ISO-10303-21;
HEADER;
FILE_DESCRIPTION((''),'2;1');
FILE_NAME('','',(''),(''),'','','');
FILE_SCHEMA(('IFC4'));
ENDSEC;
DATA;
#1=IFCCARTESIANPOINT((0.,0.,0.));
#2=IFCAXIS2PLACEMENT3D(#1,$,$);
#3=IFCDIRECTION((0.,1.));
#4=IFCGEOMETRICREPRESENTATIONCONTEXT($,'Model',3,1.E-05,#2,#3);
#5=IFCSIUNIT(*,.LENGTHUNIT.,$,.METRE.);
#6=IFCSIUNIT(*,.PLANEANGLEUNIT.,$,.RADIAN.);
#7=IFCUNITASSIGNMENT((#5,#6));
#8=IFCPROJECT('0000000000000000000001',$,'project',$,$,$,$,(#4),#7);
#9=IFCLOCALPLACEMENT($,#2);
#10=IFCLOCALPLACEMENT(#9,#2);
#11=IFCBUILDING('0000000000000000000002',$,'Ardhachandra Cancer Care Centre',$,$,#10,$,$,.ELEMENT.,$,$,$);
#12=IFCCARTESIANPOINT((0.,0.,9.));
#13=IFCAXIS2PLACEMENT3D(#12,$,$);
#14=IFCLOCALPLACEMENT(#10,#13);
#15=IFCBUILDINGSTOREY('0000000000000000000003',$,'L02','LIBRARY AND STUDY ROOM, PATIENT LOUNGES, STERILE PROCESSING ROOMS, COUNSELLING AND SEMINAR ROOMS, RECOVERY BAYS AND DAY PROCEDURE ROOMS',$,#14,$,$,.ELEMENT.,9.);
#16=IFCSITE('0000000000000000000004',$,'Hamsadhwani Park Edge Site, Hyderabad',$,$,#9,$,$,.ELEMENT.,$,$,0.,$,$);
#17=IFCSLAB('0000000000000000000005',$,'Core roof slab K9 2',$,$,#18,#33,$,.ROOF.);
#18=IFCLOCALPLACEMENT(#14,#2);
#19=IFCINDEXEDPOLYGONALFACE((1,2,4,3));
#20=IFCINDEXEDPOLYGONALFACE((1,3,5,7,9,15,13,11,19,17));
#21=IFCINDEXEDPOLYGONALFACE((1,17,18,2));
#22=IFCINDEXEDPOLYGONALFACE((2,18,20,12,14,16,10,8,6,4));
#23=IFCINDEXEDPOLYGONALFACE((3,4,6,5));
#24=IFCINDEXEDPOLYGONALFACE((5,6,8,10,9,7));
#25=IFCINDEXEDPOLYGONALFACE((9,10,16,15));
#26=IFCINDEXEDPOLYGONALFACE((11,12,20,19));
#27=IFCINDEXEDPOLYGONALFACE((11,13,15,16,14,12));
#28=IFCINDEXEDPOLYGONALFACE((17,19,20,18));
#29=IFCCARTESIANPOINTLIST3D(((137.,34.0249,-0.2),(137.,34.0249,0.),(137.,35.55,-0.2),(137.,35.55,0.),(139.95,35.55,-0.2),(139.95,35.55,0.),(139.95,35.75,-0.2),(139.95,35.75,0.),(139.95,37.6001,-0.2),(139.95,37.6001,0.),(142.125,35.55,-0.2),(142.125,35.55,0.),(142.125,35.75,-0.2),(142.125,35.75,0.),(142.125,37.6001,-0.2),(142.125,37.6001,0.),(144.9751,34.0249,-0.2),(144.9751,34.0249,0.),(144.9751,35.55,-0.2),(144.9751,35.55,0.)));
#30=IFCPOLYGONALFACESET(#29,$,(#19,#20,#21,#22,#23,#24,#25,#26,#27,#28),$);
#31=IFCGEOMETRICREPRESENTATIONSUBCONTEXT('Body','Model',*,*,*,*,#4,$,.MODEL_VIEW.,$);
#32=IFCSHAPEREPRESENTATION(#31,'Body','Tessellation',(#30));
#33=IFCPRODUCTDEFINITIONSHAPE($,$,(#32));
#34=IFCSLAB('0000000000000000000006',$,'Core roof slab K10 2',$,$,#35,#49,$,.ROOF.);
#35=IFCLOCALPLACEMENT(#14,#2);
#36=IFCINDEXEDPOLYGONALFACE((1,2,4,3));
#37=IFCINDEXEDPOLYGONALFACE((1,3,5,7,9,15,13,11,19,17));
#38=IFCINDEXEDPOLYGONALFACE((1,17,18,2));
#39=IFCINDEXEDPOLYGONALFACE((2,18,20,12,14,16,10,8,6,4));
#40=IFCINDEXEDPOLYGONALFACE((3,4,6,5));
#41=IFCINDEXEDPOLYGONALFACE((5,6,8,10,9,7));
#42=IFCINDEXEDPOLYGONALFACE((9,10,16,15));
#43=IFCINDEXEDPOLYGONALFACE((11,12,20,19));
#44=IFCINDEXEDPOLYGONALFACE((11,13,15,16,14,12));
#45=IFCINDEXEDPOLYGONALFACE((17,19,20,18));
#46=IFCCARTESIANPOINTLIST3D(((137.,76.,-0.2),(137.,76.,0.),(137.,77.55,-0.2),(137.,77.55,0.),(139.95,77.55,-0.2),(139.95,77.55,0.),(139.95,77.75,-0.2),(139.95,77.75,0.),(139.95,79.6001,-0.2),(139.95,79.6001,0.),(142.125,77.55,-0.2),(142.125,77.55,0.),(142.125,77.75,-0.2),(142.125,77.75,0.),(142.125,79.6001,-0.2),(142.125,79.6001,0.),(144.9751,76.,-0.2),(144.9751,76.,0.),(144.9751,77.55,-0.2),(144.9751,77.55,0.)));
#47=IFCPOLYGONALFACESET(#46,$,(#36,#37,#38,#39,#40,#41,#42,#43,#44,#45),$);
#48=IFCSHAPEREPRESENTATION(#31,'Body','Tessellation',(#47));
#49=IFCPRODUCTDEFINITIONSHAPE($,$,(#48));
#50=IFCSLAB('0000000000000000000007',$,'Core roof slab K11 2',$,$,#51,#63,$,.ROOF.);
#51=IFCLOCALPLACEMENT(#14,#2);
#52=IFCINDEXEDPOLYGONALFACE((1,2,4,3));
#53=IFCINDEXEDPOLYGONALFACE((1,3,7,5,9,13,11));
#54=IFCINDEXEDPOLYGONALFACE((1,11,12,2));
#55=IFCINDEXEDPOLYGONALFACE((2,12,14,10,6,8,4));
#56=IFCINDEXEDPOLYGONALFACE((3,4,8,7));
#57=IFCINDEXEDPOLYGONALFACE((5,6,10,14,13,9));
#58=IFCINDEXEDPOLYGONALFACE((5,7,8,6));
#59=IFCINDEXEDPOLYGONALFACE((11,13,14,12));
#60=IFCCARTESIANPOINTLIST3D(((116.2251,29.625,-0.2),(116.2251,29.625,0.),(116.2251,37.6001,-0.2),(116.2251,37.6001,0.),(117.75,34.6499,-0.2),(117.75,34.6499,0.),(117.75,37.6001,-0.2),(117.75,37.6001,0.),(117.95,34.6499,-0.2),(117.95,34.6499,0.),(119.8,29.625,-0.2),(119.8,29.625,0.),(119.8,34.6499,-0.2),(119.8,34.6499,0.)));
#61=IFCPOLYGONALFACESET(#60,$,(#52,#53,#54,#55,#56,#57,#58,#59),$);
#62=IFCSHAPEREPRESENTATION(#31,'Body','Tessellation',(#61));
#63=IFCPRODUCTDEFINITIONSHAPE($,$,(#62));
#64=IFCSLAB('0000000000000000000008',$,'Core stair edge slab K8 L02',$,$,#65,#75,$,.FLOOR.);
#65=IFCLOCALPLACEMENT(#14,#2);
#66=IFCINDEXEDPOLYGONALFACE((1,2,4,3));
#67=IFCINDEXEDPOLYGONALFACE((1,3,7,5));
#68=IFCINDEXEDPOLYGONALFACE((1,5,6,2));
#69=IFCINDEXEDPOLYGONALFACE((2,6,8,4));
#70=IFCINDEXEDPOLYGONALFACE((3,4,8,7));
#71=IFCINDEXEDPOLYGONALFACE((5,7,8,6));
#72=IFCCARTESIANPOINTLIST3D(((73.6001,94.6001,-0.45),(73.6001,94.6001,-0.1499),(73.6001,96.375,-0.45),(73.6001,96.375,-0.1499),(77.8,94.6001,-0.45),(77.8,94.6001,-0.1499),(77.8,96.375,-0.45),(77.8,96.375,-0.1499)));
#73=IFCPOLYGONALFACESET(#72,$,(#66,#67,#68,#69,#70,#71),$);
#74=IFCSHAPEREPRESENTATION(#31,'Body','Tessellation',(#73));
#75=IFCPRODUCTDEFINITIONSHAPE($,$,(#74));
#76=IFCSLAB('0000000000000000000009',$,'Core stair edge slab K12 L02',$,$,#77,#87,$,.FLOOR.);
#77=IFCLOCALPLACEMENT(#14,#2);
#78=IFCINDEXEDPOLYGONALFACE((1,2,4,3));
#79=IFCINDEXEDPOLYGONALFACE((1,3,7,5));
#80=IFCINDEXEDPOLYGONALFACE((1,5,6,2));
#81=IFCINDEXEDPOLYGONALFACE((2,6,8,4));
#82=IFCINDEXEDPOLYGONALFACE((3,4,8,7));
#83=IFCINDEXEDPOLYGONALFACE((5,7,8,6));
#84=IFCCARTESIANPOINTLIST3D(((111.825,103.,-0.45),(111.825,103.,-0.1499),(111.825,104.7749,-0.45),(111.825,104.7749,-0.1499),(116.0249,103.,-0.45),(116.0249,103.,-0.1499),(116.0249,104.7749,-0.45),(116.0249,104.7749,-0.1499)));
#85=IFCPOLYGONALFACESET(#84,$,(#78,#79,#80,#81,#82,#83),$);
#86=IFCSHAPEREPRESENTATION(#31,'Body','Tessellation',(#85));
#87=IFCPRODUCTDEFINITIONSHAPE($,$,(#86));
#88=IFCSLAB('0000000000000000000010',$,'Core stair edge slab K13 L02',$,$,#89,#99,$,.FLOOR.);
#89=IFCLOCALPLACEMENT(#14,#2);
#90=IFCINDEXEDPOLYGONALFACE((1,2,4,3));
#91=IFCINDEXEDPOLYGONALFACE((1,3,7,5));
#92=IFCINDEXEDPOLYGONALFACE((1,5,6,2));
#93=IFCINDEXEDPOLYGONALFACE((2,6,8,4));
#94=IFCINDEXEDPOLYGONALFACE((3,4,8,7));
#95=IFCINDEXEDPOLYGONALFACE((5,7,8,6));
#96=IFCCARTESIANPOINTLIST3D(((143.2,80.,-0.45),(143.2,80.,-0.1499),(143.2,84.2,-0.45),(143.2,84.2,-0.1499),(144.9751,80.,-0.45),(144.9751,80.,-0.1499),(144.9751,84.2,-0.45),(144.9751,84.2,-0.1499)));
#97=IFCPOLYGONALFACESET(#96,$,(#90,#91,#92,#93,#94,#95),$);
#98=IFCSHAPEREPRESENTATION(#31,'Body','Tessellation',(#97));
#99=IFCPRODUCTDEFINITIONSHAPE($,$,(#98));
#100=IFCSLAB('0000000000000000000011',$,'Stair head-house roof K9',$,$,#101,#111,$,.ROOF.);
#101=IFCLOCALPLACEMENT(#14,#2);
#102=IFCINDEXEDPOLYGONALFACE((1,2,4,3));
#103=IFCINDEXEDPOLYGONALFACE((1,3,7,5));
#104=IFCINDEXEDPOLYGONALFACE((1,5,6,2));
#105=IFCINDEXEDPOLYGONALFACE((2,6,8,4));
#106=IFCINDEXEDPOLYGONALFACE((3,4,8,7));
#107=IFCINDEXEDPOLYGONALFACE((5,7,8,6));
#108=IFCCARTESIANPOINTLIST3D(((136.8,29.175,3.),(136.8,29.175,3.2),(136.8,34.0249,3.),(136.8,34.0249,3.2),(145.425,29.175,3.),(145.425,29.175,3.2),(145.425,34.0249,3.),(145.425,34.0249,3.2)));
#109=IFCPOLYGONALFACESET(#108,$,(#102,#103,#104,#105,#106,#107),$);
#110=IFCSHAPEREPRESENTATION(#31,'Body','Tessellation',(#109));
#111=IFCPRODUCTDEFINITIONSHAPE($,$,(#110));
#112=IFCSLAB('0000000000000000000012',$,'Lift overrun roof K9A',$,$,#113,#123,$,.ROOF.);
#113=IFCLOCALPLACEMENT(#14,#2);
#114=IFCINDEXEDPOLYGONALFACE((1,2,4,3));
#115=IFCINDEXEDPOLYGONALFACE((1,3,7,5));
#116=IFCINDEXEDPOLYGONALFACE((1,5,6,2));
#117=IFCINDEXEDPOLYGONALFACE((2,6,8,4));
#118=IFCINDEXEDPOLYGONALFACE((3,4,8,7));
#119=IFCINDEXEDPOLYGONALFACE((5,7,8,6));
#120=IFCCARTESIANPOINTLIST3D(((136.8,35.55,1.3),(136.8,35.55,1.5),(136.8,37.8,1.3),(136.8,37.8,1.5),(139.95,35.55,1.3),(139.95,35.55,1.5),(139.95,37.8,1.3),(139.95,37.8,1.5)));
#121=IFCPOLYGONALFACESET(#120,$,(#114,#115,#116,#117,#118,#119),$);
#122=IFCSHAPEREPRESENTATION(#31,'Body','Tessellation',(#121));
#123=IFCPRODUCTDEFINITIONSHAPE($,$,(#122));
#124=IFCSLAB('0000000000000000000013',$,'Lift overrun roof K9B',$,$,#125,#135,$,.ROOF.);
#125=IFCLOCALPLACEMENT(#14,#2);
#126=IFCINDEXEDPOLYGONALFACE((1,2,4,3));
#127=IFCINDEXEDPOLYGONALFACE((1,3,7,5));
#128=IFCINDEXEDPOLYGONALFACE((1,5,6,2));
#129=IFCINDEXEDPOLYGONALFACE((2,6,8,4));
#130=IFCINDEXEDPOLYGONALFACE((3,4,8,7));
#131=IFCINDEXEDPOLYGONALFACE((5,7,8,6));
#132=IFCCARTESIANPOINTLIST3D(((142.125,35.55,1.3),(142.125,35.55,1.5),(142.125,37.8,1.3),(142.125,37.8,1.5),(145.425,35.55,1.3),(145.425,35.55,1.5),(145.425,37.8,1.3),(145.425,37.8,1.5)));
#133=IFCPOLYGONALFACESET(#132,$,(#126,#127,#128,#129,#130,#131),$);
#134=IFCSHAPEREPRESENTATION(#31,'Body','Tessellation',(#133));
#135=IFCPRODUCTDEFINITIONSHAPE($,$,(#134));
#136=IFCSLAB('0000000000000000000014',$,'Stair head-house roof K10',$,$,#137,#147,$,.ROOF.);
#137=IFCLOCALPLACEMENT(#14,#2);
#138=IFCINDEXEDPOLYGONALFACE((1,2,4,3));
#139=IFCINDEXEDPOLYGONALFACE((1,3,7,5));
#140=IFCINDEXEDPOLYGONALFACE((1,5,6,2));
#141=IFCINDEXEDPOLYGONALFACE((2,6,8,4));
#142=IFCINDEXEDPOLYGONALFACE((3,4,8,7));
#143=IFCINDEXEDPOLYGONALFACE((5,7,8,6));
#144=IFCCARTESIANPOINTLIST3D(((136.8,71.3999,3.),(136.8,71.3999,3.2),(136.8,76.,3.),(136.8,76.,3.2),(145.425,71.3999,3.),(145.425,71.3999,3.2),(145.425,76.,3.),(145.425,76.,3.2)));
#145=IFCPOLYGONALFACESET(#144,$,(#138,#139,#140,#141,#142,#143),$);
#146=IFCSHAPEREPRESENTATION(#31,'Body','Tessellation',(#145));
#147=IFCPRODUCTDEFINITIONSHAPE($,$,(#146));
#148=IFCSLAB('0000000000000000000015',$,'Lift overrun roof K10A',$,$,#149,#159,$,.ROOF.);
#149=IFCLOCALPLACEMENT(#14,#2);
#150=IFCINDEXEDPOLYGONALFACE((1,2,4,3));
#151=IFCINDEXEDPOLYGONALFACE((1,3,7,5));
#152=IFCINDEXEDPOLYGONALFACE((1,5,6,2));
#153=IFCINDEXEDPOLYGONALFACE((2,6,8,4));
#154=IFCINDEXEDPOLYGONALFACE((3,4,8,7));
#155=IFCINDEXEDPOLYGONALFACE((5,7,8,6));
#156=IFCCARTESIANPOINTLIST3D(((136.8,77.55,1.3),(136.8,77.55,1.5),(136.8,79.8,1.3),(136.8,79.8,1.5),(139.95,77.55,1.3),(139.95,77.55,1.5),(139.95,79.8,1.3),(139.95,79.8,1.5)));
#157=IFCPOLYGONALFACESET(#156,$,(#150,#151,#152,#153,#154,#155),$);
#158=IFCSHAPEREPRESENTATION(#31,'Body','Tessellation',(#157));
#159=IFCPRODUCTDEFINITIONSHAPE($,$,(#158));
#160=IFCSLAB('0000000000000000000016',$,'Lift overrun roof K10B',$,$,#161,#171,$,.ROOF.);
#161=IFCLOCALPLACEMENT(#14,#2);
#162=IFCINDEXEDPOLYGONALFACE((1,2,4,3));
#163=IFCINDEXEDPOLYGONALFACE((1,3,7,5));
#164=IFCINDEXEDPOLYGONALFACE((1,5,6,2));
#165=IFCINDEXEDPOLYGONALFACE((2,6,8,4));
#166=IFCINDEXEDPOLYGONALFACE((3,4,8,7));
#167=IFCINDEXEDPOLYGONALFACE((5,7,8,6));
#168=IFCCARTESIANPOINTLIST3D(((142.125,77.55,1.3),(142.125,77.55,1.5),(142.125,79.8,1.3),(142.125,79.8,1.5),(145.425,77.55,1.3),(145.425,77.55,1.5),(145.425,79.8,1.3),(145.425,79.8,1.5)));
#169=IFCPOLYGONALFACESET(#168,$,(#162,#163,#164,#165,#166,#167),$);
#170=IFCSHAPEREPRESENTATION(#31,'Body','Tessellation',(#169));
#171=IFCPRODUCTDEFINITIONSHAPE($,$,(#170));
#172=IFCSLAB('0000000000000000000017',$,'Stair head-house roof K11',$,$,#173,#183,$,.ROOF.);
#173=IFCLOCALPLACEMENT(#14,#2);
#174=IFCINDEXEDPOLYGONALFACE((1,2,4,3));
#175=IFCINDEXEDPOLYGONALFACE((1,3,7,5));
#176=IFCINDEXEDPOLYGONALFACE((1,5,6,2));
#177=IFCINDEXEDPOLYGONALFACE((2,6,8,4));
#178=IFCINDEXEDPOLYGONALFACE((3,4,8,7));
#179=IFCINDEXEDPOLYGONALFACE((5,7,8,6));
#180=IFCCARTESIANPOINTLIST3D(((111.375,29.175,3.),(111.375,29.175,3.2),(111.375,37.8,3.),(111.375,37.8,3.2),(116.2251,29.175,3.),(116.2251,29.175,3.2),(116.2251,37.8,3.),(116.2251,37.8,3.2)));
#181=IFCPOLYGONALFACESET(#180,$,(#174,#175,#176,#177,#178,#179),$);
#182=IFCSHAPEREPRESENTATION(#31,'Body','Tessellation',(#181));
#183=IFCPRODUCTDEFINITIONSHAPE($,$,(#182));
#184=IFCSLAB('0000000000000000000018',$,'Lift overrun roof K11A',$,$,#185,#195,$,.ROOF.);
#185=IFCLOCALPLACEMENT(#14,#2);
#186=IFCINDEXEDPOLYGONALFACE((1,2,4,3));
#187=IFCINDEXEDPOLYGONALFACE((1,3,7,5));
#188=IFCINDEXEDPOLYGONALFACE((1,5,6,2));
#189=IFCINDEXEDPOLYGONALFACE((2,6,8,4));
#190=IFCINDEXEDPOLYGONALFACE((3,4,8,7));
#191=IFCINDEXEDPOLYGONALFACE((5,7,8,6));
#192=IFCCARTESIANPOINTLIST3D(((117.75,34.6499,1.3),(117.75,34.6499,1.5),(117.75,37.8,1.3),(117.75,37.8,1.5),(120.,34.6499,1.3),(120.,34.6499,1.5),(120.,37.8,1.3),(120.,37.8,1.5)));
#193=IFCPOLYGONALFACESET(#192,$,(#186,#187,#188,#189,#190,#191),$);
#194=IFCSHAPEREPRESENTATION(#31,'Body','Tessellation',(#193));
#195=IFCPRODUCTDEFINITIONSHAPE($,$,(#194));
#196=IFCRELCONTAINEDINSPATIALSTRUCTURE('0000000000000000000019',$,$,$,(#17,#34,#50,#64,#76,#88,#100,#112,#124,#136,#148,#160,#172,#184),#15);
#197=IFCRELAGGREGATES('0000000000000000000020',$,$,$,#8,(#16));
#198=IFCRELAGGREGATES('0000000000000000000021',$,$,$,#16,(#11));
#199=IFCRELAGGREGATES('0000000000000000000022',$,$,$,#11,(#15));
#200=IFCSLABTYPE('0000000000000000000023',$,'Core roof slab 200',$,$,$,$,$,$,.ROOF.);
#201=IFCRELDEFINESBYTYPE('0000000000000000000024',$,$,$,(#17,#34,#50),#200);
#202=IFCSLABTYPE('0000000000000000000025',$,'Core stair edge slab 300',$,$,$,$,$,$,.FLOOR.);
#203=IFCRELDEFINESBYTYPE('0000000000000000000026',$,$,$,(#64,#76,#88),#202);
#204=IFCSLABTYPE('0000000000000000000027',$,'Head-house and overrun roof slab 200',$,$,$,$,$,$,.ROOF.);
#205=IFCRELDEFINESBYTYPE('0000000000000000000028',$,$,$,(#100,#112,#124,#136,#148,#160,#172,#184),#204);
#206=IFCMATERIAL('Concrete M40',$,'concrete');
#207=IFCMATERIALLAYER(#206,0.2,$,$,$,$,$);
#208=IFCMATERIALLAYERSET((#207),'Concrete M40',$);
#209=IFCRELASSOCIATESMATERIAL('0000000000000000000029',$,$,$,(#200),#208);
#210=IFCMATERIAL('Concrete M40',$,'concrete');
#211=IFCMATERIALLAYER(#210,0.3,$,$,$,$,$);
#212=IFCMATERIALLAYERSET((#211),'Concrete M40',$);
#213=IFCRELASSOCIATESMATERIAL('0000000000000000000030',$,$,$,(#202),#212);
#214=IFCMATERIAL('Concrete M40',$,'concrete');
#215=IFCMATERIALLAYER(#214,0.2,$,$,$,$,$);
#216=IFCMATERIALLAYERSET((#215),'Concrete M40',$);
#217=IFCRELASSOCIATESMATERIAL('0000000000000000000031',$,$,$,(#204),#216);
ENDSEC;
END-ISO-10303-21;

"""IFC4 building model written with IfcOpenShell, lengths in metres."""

from ifc_helpers import new_model, si_unit, direction, frame, origin, place, context, subcontext, project, spatial, polyline, outline, extrude, material, layer, layer_set, type_object, element, save


model = new_model("IFC4")

# Units and contexts
model_context = context("Model", 3, precision=1e-05, world=origin(), true_north=direction((0.0, 1.0)))
body_context = subcontext(model_context, "Body", "Model", "MODEL_VIEW")
ifc_project = project(units=[si_unit("LENGTHUNIT", "METRE"), si_unit("PLANEANGLEUNIT", "RADIAN")], contexts=[model_context])

# Site, building, storey
site_placement = place(None, origin())
site = spatial("IfcSite", under=ifc_project, at=site_placement, Name="Hamsadhwani Park Edge Site, Hyderabad", CompositionType="ELEMENT", RefElevation=0.0)
building_placement = place(site_placement, origin())
building = spatial("IfcBuilding", under=site, at=building_placement, Name="Ardhachandra Cancer Care Centre", CompositionType="ELEMENT")
storey_placement = place(building_placement, frame((0.0, 0.0, 9.0)))
storey = spatial("IfcBuildingStorey", under=building, at=storey_placement, Name="L02", Description="LIBRARY AND STUDY ROOM, PATIENT LOUNGES, STERILE PROCESSING ROOMS, COUNSELLING AND SEMINAR ROOMS, RECOVERY BAYS AND DAY PROCEDURE ROOMS", CompositionType="ELEMENT", Elevation=9.0)

# Slabs
ifc_material_1 = material(Name="Concrete M40", Category="concrete")
ifc_layer_1 = layer(ifc_material_1, 0.2)
ifc_layer_set_1 = layer_set([ifc_layer_1], Name="Concrete M40")
slab_type_1 = type_object("IfcSlabType", Name="Core roof slab 200", PredefinedType="ROOF", material=ifc_layer_set_1)
slab_1_placement = place(storey_placement, frame((0.0, 0.0, -0.2)))
element("IfcSlab", 1, at=slab_1_placement, inside=storey, type_object=slab_type_1, Name="Core roof slab K9 2", PredefinedType="ROOF", context=body_context, shape_type="SweptSolid", body=[
    extrude(outline(polyline([(139.95, 35.75), (139.95, 35.55), (137.0, 35.55), (137.0, 34.0249), (144.9751, 34.0249), (144.9751, 35.55), (142.125, 35.55), (142.125, 35.75), (142.125, 37.6001), (139.95, 37.6001), (139.95, 35.75)])), origin(), (0.0, 0.0, 1.0), 0.2),
])
slab_2_placement = place(storey_placement, frame((0.0, 0.0, -0.2)))
element("IfcSlab", 2, at=slab_2_placement, inside=storey, type_object=slab_type_1, Name="Core roof slab K10 2", PredefinedType="ROOF", context=body_context, shape_type="SweptSolid", body=[
    extrude(outline(polyline([(139.95, 77.75), (139.95, 77.55), (137.0, 77.55), (137.0, 76.0), (144.9751, 76.0), (144.9751, 77.55), (142.125, 77.55), (142.125, 77.75), (142.125, 79.6001), (139.95, 79.6001), (139.95, 77.75)])), origin(), (0.0, 0.0, 1.0), 0.2),
])
slab_3_placement = place(storey_placement, frame((0.0, 0.0, -0.2)))
element("IfcSlab", 3, at=slab_3_placement, inside=storey, type_object=slab_type_1, Name="Core roof slab K11 2", PredefinedType="ROOF", context=body_context, shape_type="SweptSolid", body=[
    extrude(outline(polyline([(119.8, 34.6499), (117.95, 34.6499), (117.75, 34.6499), (117.75, 37.6001), (116.2251, 37.6001), (116.2251, 29.625), (119.8, 29.625), (119.8, 34.6499)])), origin(), (0.0, 0.0, 1.0), 0.2),
])
ifc_material_2 = material(Name="Concrete M40", Category="concrete")
ifc_layer_2 = layer(ifc_material_2, 0.3)
ifc_layer_set_2 = layer_set([ifc_layer_2], Name="Concrete M40")
slab_type_2 = type_object("IfcSlabType", Name="Core stair edge slab 300", PredefinedType="FLOOR", material=ifc_layer_set_2)
slab_4_placement = place(storey_placement, frame((0.0, 0.0, -0.45)))
element("IfcSlab", 4, at=slab_4_placement, inside=storey, type_object=slab_type_2, Name="Core stair edge slab K8 L02", PredefinedType="FLOOR", context=body_context, shape_type="SweptSolid", body=[
    extrude(outline(polyline([(77.8, 94.6001), (73.6001, 94.6001), (73.6001, 96.375), (77.8, 96.375), (77.8, 94.6001)])), origin(), (0.0, 0.0, 1.0), 0.3),
])
slab_5_placement = place(storey_placement, frame((0.0, 0.0, -0.45)))
element("IfcSlab", 5, at=slab_5_placement, inside=storey, type_object=slab_type_2, Name="Core stair edge slab K12 L02", PredefinedType="FLOOR", context=body_context, shape_type="SweptSolid", body=[
    extrude(outline(polyline([(111.825, 103.0), (116.0249, 103.0), (116.0249, 104.7749), (111.825, 104.7749), (111.825, 103.0)])), origin(), (0.0, 0.0, 1.0), 0.3),
])
slab_6_placement = place(storey_placement, frame((0.0, 0.0, -0.45)))
element("IfcSlab", 6, at=slab_6_placement, inside=storey, type_object=slab_type_2, Name="Core stair edge slab K13 L02", PredefinedType="FLOOR", context=body_context, shape_type="SweptSolid", body=[
    extrude(outline(polyline([(143.2, 80.0), (143.2, 84.2), (144.9751, 84.2), (144.9751, 80.0), (143.2, 80.0)])), origin(), (0.0, 0.0, 1.0), 0.3),
])
ifc_material_3 = material(Name="Concrete M40", Category="concrete")
ifc_layer_3 = layer(ifc_material_3, 0.2)
ifc_layer_set_3 = layer_set([ifc_layer_3], Name="Concrete M40")
slab_type_3 = type_object("IfcSlabType", Name="Head-house and overrun roof slab 200", PredefinedType="ROOF", material=ifc_layer_set_3)
slab_7_placement = place(storey_placement, frame((0.0, 0.0, 3.0)))
element("IfcSlab", 7, at=slab_7_placement, inside=storey, type_object=slab_type_3, Name="Stair head-house roof K9", PredefinedType="ROOF", context=body_context, shape_type="SweptSolid", body=[
    extrude(outline(polyline([(145.425, 29.175), (136.8, 29.175), (136.8, 34.0249), (145.425, 34.0249), (145.425, 29.175)])), origin(), (0.0, 0.0, 1.0), 0.2),
])
slab_8_placement = place(storey_placement, frame((0.0, 0.0, 1.3)))
element("IfcSlab", 8, at=slab_8_placement, inside=storey, type_object=slab_type_3, Name="Lift overrun roof K9A", PredefinedType="ROOF", context=body_context, shape_type="SweptSolid", body=[
    extrude(outline(polyline([(139.95, 37.8), (139.95, 35.55), (136.8, 35.55), (136.8, 37.8), (139.95, 37.8)])), origin(), (0.0, 0.0, 1.0), 0.2),
])
slab_9_placement = place(storey_placement, frame((0.0, 0.0, 1.3)))
element("IfcSlab", 9, at=slab_9_placement, inside=storey, type_object=slab_type_3, Name="Lift overrun roof K9B", PredefinedType="ROOF", context=body_context, shape_type="SweptSolid", body=[
    extrude(outline(polyline([(145.425, 37.8), (145.425, 35.55), (142.125, 35.55), (142.125, 37.8), (145.425, 37.8)])), origin(), (0.0, 0.0, 1.0), 0.2),
])
slab_10_placement = place(storey_placement, frame((0.0, 0.0, 3.0)))
element("IfcSlab", 10, at=slab_10_placement, inside=storey, type_object=slab_type_3, Name="Stair head-house roof K10", PredefinedType="ROOF", context=body_context, shape_type="SweptSolid", body=[
    extrude(outline(polyline([(145.425, 71.3999), (136.8, 71.3999), (136.8, 76.0), (145.425, 76.0), (145.425, 71.3999)])), origin(), (0.0, 0.0, 1.0), 0.2),
])
slab_11_placement = place(storey_placement, frame((0.0, 0.0, 1.3)))
element("IfcSlab", 11, at=slab_11_placement, inside=storey, type_object=slab_type_3, Name="Lift overrun roof K10A", PredefinedType="ROOF", context=body_context, shape_type="SweptSolid", body=[
    extrude(outline(polyline([(139.95, 79.8), (139.95, 77.55), (136.8, 77.55), (136.8, 79.8), (139.95, 79.8)])), origin(), (0.0, 0.0, 1.0), 0.2),
])
slab_12_placement = place(storey_placement, frame((0.0, 0.0, 1.3)))
element("IfcSlab", 12, at=slab_12_placement, inside=storey, type_object=slab_type_3, Name="Lift overrun roof K10B", PredefinedType="ROOF", context=body_context, shape_type="SweptSolid", body=[
    extrude(outline(polyline([(145.425, 79.8), (145.425, 77.55), (142.125, 77.55), (142.125, 79.8), (145.425, 79.8)])), origin(), (0.0, 0.0, 1.0), 0.2),
])
slab_13_placement = place(storey_placement, frame((0.0, 0.0, 3.0)))
element("IfcSlab", 13, at=slab_13_placement, inside=storey, type_object=slab_type_3, Name="Stair head-house roof K11", PredefinedType="ROOF", context=body_context, shape_type="SweptSolid", body=[
    extrude(outline(polyline([(111.375, 29.175), (111.375, 37.8), (116.2251, 37.8), (116.2251, 29.175), (111.375, 29.175)])), origin(), (0.0, 0.0, 1.0), 0.2),
])
slab_14_placement = place(storey_placement, frame((0.0, 0.0, 1.3)))
element("IfcSlab", 14, at=slab_14_placement, inside=storey, type_object=slab_type_3, Name="Lift overrun roof K11A", PredefinedType="ROOF", context=body_context, shape_type="SweptSolid", body=[
    extrude(outline(polyline([(120.0, 34.6499), (117.75, 34.6499), (117.75, 37.8), (120.0, 37.8), (120.0, 34.6499)])), origin(), (0.0, 0.0, 1.0), 0.2),
])

save(model, "model.ifc")
